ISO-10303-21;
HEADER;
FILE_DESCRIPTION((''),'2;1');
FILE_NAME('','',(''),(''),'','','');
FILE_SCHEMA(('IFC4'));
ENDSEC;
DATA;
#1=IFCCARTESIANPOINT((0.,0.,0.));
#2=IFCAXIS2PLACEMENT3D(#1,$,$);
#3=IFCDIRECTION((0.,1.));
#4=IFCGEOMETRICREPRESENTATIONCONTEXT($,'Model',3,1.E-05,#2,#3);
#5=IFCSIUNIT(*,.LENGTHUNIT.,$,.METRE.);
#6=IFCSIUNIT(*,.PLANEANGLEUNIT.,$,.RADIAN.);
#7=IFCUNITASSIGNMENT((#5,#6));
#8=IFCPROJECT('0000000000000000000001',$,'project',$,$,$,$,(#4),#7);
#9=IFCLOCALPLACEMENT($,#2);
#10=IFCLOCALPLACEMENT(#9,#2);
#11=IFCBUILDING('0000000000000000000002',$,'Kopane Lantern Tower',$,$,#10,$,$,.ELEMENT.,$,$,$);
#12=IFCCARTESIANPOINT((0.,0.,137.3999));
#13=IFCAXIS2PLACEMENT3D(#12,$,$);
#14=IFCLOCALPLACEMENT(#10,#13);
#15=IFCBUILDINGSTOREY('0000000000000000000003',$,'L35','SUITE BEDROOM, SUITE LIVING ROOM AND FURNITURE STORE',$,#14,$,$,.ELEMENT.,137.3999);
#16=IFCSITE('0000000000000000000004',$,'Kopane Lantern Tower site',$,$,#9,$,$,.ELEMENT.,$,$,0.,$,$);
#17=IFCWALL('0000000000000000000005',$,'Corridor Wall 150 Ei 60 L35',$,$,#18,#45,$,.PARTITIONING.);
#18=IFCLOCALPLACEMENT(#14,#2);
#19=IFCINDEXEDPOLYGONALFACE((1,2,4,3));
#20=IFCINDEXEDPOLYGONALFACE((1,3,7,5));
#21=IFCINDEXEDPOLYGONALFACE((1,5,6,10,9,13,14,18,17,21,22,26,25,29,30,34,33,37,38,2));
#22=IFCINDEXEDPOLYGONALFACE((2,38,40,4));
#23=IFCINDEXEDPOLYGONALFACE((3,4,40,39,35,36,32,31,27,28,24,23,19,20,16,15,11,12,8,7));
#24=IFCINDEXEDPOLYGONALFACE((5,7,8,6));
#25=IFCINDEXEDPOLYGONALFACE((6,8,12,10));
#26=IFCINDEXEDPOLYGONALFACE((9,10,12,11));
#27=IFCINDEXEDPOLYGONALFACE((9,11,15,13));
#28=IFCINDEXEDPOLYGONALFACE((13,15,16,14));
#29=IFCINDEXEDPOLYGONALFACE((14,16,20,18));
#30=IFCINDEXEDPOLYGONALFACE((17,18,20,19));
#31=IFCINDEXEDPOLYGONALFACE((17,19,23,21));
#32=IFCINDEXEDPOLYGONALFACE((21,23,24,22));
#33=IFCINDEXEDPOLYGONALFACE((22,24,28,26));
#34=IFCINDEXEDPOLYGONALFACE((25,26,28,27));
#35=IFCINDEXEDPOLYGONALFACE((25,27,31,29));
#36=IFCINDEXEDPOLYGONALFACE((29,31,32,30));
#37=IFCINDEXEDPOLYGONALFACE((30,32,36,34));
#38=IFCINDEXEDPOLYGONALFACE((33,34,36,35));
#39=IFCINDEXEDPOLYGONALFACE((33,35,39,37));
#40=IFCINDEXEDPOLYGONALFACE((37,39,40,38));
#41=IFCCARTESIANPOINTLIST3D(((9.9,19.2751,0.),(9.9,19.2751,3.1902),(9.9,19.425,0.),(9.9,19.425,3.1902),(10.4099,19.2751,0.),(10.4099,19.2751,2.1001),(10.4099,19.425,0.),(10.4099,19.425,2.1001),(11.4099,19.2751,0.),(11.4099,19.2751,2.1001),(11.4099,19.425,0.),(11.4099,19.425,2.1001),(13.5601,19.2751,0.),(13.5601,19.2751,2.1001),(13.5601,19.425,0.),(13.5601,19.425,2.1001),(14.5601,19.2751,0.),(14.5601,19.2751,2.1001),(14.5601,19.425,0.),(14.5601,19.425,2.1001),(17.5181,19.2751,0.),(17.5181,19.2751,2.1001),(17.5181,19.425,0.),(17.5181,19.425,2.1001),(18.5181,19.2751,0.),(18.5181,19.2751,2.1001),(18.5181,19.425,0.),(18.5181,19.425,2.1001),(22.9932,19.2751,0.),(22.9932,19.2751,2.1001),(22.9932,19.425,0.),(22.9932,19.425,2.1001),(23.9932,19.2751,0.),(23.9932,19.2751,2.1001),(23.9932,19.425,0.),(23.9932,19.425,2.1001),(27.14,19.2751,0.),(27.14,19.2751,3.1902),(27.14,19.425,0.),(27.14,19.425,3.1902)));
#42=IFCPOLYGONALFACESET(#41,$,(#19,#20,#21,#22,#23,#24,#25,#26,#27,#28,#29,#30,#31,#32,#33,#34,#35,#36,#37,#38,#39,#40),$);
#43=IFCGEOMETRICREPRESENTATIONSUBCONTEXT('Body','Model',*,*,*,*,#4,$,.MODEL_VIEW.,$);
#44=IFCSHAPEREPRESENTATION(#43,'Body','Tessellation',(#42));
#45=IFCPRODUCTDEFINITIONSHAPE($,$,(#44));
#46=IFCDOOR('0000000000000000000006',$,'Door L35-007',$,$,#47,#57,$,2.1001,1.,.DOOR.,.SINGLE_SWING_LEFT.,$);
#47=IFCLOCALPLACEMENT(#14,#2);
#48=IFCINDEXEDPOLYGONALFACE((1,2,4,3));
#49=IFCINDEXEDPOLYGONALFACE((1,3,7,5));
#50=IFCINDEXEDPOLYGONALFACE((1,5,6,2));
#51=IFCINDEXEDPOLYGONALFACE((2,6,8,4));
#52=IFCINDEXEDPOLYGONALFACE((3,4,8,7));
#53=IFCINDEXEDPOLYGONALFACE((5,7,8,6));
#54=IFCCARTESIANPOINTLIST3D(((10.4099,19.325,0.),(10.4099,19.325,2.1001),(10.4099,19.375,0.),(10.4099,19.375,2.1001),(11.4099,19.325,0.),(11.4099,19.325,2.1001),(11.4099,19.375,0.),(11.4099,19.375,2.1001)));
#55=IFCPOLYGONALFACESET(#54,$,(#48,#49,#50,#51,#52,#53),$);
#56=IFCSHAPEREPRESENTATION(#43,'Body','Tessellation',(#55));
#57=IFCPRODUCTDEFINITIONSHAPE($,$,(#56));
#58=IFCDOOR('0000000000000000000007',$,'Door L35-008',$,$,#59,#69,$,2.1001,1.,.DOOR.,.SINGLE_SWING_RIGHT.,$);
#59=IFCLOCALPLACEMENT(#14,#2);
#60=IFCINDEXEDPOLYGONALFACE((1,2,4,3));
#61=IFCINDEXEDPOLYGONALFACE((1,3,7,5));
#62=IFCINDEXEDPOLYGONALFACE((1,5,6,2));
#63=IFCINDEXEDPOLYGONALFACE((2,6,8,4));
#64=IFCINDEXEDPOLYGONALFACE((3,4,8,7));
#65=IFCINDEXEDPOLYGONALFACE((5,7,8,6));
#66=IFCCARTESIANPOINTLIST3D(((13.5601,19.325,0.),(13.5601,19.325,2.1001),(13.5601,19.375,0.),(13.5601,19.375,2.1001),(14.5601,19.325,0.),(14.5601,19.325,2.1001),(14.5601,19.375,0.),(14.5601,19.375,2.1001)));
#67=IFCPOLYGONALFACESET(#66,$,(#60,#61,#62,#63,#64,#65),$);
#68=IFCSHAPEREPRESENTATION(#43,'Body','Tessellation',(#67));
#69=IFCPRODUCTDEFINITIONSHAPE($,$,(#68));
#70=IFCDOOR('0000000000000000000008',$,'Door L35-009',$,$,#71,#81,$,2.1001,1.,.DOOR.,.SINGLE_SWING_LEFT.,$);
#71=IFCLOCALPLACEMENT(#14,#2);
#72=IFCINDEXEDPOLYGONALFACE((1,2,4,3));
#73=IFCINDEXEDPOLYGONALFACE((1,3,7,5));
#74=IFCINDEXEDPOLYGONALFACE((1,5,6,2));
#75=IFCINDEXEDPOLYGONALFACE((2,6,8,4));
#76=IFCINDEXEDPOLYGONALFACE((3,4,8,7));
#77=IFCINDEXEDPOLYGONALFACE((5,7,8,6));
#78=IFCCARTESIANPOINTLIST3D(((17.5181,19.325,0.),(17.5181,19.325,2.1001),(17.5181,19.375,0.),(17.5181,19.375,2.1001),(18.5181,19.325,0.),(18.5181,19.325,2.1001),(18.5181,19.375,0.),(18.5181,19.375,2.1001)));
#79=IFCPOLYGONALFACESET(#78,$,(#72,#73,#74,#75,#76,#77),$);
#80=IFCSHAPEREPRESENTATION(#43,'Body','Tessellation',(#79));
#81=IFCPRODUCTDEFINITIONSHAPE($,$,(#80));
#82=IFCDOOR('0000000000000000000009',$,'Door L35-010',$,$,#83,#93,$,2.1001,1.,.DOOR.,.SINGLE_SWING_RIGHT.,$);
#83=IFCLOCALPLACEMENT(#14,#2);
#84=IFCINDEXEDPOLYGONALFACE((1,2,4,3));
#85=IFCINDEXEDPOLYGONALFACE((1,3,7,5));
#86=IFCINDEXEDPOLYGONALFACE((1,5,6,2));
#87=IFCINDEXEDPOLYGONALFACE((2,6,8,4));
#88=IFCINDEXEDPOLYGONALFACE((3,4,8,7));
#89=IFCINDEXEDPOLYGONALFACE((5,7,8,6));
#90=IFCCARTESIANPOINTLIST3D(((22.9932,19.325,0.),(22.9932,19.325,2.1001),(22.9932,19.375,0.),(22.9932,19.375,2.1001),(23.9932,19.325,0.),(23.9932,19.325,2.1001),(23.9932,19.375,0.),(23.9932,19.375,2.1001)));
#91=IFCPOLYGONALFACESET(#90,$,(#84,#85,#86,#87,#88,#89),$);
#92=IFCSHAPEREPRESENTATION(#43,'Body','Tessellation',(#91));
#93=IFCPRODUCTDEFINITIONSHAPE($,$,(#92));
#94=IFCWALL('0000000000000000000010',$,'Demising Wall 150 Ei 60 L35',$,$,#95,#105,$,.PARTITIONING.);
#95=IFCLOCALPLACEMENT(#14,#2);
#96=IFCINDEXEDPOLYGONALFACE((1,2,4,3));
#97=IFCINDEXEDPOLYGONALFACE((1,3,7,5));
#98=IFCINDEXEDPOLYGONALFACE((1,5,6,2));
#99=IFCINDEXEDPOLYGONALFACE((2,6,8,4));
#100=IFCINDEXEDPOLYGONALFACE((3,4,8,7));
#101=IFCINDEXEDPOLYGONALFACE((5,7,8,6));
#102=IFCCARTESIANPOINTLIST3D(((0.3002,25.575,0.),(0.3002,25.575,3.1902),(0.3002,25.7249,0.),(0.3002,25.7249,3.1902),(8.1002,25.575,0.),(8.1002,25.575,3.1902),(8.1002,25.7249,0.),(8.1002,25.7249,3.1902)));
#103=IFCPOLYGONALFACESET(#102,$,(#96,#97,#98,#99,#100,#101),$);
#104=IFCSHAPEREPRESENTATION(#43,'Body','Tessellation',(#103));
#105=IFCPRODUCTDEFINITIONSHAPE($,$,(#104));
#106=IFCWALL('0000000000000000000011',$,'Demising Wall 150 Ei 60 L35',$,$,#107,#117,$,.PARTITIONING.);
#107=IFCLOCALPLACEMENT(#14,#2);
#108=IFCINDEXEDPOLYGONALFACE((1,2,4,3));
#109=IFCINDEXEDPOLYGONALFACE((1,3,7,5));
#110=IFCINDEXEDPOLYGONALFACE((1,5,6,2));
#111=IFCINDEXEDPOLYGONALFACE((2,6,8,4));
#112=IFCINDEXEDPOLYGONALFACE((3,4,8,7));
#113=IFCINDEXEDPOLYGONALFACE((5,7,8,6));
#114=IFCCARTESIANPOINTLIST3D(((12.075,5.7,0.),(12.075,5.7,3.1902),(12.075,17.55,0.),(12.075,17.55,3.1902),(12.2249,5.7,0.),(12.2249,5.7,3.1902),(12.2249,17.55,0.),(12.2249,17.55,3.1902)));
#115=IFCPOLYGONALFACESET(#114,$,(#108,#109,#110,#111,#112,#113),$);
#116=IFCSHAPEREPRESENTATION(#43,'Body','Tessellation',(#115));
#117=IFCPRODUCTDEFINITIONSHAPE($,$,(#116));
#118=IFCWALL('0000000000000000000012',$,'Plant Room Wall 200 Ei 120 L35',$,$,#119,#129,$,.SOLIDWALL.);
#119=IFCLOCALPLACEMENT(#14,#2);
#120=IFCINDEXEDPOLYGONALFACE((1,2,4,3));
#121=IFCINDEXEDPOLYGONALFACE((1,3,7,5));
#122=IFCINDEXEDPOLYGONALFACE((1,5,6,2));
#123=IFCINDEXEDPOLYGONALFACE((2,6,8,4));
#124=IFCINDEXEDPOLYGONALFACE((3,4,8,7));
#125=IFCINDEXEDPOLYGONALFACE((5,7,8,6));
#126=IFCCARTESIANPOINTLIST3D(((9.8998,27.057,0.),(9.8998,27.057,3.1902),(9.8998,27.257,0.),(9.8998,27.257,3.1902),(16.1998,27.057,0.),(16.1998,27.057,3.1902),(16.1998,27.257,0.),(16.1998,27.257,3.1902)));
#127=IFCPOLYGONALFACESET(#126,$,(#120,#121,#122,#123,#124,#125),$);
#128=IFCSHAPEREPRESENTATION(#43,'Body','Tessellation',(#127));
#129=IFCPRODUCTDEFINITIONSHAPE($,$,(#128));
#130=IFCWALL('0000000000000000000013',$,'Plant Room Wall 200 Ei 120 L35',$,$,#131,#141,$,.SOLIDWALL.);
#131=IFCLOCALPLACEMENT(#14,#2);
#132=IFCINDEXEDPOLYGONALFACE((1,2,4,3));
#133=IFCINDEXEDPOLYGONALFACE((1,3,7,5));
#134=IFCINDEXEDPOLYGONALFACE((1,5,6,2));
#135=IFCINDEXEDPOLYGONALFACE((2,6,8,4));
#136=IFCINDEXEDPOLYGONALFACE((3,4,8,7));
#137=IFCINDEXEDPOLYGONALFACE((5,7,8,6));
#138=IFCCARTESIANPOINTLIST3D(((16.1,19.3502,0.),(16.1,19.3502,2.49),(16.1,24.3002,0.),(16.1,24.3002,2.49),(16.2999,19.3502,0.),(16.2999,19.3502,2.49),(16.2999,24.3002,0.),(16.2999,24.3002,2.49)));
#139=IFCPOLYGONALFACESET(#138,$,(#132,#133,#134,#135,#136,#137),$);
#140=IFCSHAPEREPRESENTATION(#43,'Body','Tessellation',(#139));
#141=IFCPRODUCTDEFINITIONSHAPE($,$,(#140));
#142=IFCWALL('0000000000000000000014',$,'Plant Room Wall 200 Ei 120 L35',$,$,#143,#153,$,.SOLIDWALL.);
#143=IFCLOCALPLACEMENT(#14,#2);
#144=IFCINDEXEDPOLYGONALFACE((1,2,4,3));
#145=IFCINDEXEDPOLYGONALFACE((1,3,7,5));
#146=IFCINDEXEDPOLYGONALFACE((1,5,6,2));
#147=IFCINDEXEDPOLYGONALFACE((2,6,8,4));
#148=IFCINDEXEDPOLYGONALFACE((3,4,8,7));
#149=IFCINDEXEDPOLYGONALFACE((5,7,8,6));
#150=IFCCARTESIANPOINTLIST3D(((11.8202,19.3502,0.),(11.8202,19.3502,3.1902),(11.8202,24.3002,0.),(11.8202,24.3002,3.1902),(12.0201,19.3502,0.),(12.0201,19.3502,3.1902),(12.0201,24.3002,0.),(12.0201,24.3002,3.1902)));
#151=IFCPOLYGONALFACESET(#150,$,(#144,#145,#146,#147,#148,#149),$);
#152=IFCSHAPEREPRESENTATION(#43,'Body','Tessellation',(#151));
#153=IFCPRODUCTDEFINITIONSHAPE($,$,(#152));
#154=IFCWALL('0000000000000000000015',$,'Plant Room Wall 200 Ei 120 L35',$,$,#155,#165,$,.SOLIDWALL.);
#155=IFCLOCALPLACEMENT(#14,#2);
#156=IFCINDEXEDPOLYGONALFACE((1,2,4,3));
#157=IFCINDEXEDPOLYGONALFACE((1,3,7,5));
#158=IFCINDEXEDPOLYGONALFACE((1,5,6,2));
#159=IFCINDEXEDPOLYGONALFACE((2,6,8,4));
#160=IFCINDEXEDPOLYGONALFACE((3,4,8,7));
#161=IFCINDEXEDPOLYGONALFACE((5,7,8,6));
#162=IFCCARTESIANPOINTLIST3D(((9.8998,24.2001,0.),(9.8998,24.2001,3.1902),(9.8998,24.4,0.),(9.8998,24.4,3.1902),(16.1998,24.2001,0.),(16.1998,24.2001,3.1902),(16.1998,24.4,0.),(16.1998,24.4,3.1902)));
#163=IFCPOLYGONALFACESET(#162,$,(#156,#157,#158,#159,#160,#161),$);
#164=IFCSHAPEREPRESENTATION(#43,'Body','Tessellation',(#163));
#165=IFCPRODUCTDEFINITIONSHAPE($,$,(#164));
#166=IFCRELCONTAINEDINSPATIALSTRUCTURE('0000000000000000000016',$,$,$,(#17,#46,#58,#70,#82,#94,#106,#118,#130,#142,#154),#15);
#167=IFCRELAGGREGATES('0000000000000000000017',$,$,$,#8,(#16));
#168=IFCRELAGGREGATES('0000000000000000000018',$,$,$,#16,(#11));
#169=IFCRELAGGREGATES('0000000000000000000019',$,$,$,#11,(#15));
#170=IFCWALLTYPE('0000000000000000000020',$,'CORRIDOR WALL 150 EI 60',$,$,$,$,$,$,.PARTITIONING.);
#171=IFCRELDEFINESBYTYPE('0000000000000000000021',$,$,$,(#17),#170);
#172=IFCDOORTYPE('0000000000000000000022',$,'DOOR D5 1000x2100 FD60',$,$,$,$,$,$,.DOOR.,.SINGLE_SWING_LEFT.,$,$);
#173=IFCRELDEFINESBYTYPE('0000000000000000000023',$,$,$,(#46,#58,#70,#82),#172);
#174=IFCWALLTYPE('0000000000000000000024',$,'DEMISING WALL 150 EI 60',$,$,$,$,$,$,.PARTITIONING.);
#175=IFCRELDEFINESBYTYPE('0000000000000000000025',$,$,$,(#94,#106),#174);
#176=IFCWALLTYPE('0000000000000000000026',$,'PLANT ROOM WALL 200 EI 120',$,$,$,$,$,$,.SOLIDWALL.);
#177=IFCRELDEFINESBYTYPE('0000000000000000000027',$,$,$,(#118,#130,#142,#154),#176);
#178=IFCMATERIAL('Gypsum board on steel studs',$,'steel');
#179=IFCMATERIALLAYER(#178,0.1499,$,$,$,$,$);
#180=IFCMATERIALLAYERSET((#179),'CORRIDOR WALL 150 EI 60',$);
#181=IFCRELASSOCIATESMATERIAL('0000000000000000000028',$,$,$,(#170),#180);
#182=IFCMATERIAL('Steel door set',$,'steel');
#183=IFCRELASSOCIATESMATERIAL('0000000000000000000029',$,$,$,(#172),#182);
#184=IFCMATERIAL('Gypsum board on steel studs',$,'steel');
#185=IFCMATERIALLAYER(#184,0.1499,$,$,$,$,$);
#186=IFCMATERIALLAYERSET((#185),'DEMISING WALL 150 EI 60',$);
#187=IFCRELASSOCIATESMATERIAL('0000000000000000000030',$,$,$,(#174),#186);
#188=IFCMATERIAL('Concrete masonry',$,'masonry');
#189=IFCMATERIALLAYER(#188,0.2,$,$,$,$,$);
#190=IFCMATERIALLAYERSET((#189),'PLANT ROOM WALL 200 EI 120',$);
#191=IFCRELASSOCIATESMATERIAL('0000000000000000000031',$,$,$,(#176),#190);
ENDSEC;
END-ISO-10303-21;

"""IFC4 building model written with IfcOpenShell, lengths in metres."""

from ifc_helpers import new_model, si_unit, direction, frame, frame_2d, origin, place, context, subcontext, project, spatial, rectangle, extrude, material, layer, layer_set, type_object, element, fill, save


model = new_model("IFC4")

# Units and contexts
model_context = context("Model", 3, precision=1e-05, world=origin(), true_north=direction((0.0, 1.0)))
body_context = subcontext(model_context, "Body", "Model", "MODEL_VIEW")
ifc_project = project(units=[si_unit("LENGTHUNIT", "METRE"), si_unit("PLANEANGLEUNIT", "RADIAN")], contexts=[model_context])

# Site, building, storey
site_placement = place(None, origin())
site = spatial("IfcSite", under=ifc_project, at=site_placement, Name="Kopane Lantern Tower site", CompositionType="ELEMENT", RefElevation=0.0)
building_placement = place(site_placement, origin())
building = spatial("IfcBuilding", under=site, at=building_placement, Name="Kopane Lantern Tower", CompositionType="ELEMENT")
storey_placement = place(building_placement, frame((0.0, 0.0, 137.3999)))
storey = spatial("IfcBuildingStorey", under=building, at=storey_placement, Name="L35", Description="SUITE BEDROOM, SUITE LIVING ROOM AND FURNITURE STORE", CompositionType="ELEMENT", Elevation=137.3999)

# Wall, openings, doors
ifc_material_1 = material(Name="Gypsum board on steel studs", Category="steel")
ifc_layer_1 = layer(ifc_material_1, 0.1499)
ifc_layer_set_1 = layer_set([ifc_layer_1], Name="CORRIDOR WALL 150 EI 60")
wall_type_1 = type_object("IfcWallType", Name="CORRIDOR WALL 150 EI 60", PredefinedType="PARTITIONING", material=ifc_layer_set_1)
wall_1_placement = place(storey_placement, frame((9.8999, 19.3501, 0.0), z_axis=(0.0, 0.0, 1.0), x_axis=(1.0, 0.0, 0.0)))
wall_1 = element("IfcWall", 1, at=wall_1_placement, inside=storey, type_object=wall_type_1, Name="Corridor Wall 150 Ei 60 L35", PredefinedType="PARTITIONING", context=body_context, shape_type="SweptSolid", body=[
    extrude(rectangle(XDim=17.24, YDim=0.1499, at=frame_2d((8.6201, 0.0))), origin(), (0.0, 0.0, 1.0), 3.1902),
])
opening_1_placement = place(wall_1_placement, frame((0.51, 0.0, 0.0)))
opening_1 = element("IfcOpeningElement", 2, at=opening_1_placement, cuts=wall_1, PredefinedType="OPENING", context=body_context, shape_type="SweptSolid", body=[
    extrude(rectangle(XDim=1.0, YDim=2.1001, at=frame_2d((0.5, 1.05))), frame((0.0, 0.085, 0.0), z_axis=(0.0, -1.0, 0.0), x_axis=(1.0, 0.0, 0.0)), (0.0, 0.0, 1.0), 0.1699),
])
opening_2_placement = place(wall_1_placement, frame((3.6602, 0.0, 0.0)))
opening_2 = element("IfcOpeningElement", 3, at=opening_2_placement, cuts=wall_1, PredefinedType="OPENING", context=body_context, shape_type="SweptSolid", body=[
    extrude(rectangle(XDim=1.0, YDim=2.1001, at=frame_2d((0.5, 1.05))), frame((0.0, 0.085, 0.0), z_axis=(0.0, -1.0, 0.0), x_axis=(1.0, 0.0, 0.0)), (0.0, 0.0, 1.0), 0.1699),
])
opening_3_placement = place(wall_1_placement, frame((7.6182, 0.0, 0.0)))
opening_3 = element("IfcOpeningElement", 4, at=opening_3_placement, cuts=wall_1, PredefinedType="OPENING", context=body_context, shape_type="SweptSolid", body=[
    extrude(rectangle(XDim=1.0, YDim=2.1001, at=frame_2d((0.5, 1.05))), frame((0.0, 0.085, 0.0), z_axis=(0.0, -1.0, 0.0), x_axis=(1.0, 0.0, 0.0)), (0.0, 0.0, 1.0), 0.1699),
])
opening_4_placement = place(wall_1_placement, frame((13.0933, 0.0, 0.0)))
opening_4 = element("IfcOpeningElement", 5, at=opening_4_placement, cuts=wall_1, PredefinedType="OPENING", context=body_context, shape_type="SweptSolid", body=[
    extrude(rectangle(XDim=1.0, YDim=2.1001, at=frame_2d((0.5, 1.05))), frame((0.0, 0.085, 0.0), z_axis=(0.0, -1.0, 0.0), x_axis=(1.0, 0.0, 0.0)), (0.0, 0.0, 1.0), 0.1699),
])
ifc_material_2 = material(Name="Steel door set", Category="steel")
door_type_1 = type_object("IfcDoorType", Name="DOOR D5 1000x2100 FD60", OperationType="SINGLE_SWING_LEFT", PredefinedType="DOOR", material=ifc_material_2)
door_1_placement = place(opening_1_placement, origin())
door_1 = element("IfcDoor", 6, at=door_1_placement, inside=storey, type_object=door_type_1, Name="Door L35-007", OperationType="SINGLE_SWING_LEFT", OverallHeight=2.1001, OverallWidth=1.0, PredefinedType="DOOR", context=body_context, shape_type="SweptSolid", body=[
    extrude(rectangle(XDim=1.0, YDim=2.1001, at=frame_2d((0.5, 1.05))), frame((0.0, 0.0249, 0.0), z_axis=(0.0, -1.0, 0.0), x_axis=(1.0, 0.0, 0.0)), (0.0, 0.0, 1.0), 0.05),
])
fill(opening_1, door_1)
door_2_placement = place(opening_2_placement, origin())
door_2 = element("IfcDoor", 7, at=door_2_placement, inside=storey, type_object=door_type_1, Name="Door L35-008", OperationType="SINGLE_SWING_RIGHT", OverallHeight=2.1001, OverallWidth=1.0, PredefinedType="DOOR", context=body_context, shape_type="SweptSolid", body=[
    extrude(rectangle(XDim=1.0, YDim=2.1001, at=frame_2d((0.5, 1.05))), frame((0.0, 0.0249, 0.0), z_axis=(0.0, -1.0, 0.0), x_axis=(1.0, 0.0, 0.0)), (0.0, 0.0, 1.0), 0.05),
])
fill(opening_2, door_2)
door_3_placement = place(opening_3_placement, origin())
door_3 = element("IfcDoor", 8, at=door_3_placement, inside=storey, type_object=door_type_1, Name="Door L35-009", OperationType="SINGLE_SWING_LEFT", OverallHeight=2.1001, OverallWidth=1.0, PredefinedType="DOOR", context=body_context, shape_type="SweptSolid", body=[
    extrude(rectangle(XDim=1.0, YDim=2.1001, at=frame_2d((0.5, 1.05))), frame((0.0, 0.0249, 0.0), z_axis=(0.0, -1.0, 0.0), x_axis=(1.0, 0.0, 0.0)), (0.0, 0.0, 1.0), 0.05),
])
fill(opening_3, door_3)
door_4_placement = place(opening_4_placement, origin())
door_4 = element("IfcDoor", 9, at=door_4_placement, inside=storey, type_object=door_type_1, Name="Door L35-010", OperationType="SINGLE_SWING_RIGHT", OverallHeight=2.1001, OverallWidth=1.0, PredefinedType="DOOR", context=body_context, shape_type="SweptSolid", body=[
    extrude(rectangle(XDim=1.0, YDim=2.1001, at=frame_2d((0.5, 1.05))), frame((0.0, 0.0249, 0.0), z_axis=(0.0, -1.0, 0.0), x_axis=(1.0, 0.0, 0.0)), (0.0, 0.0, 1.0), 0.05),
])
fill(opening_4, door_4)

# Walls
ifc_material_3 = material(Name="Gypsum board on steel studs", Category="steel")
ifc_layer_2 = layer(ifc_material_3, 0.1499)
ifc_layer_set_2 = layer_set([ifc_layer_2], Name="DEMISING WALL 150 EI 60")
wall_type_2 = type_object("IfcWallType", Name="DEMISING WALL 150 EI 60", PredefinedType="PARTITIONING", material=ifc_layer_set_2)
wall_2_placement = place(storey_placement, frame((8.1001, 25.6499, 0.0), z_axis=(0.0, 0.0, 1.0), x_axis=(-1.0, 0.0, 0.0)))
element("IfcWall", 10, at=wall_2_placement, inside=storey, type_object=wall_type_2, Name="Demising Wall 150 Ei 60 L35", PredefinedType="PARTITIONING", context=body_context, shape_type="SweptSolid", body=[
    extrude(rectangle(XDim=7.8, YDim=0.1499, at=frame_2d((3.8999, 0.0))), origin(), (0.0, 0.0, 1.0), 3.1902),
])
wall_3_placement = place(storey_placement, frame((12.1499, 17.55, 0.0), z_axis=(0.0, 0.0, 1.0), x_axis=(0.0, -1.0, 0.0)))
element("IfcWall", 11, at=wall_3_placement, inside=storey, type_object=wall_type_2, Name="Demising Wall 150 Ei 60 L35", PredefinedType="PARTITIONING", context=body_context, shape_type="SweptSolid", body=[
    extrude(rectangle(XDim=11.8501, YDim=0.1499, at=frame_2d((5.925, 0.0))), origin(), (0.0, 0.0, 1.0), 3.1902),
])
ifc_material_4 = material(Name="Concrete masonry", Category="masonry")
ifc_layer_3 = layer(ifc_material_4, 0.2)
ifc_layer_set_3 = layer_set([ifc_layer_3], Name="PLANT ROOM WALL 200 EI 120")
wall_type_3 = type_object("IfcWallType", Name="PLANT ROOM WALL 200 EI 120", PredefinedType="SOLIDWALL", material=ifc_layer_set_3)
wall_4_placement = place(storey_placement, frame((9.8999, 27.157, 0.0), z_axis=(0.0, 0.0, 1.0), x_axis=(1.0, 0.0, 0.0)))
element("IfcWall", 12, at=wall_4_placement, inside=storey, type_object=wall_type_3, Name="Plant Room Wall 200 Ei 120 L35", PredefinedType="SOLIDWALL", context=body_context, shape_type="SweptSolid", body=[
    extrude(rectangle(XDim=6.3, YDim=0.2, at=frame_2d((3.1499, 0.0))), origin(), (0.0, 0.0, 1.0), 3.1902),
])
wall_5_placement = place(storey_placement, frame((16.2, 19.3501, 0.0), z_axis=(0.0, 0.0, 1.0), x_axis=(0.0, 1.0, 0.0)))
element("IfcWall", 13, at=wall_5_placement, inside=storey, type_object=wall_type_3, Name="Plant Room Wall 200 Ei 120 L35", PredefinedType="SOLIDWALL", context=body_context, shape_type="SweptSolid", body=[
    extrude(rectangle(XDim=4.95, YDim=0.2, at=frame_2d((2.4751, 0.0))), origin(), (0.0, 0.0, 1.0), 2.49),
])
wall_6_placement = place(storey_placement, frame((11.9202, 19.3501, 0.0), z_axis=(0.0, 0.0, 1.0), x_axis=(0.0, 1.0, 0.0)))
element("IfcWall", 14, at=wall_6_placement, inside=storey, type_object=wall_type_3, Name="Plant Room Wall 200 Ei 120 L35", PredefinedType="SOLIDWALL", context=body_context, shape_type="SweptSolid", body=[
    extrude(rectangle(XDim=4.95, YDim=0.2, at=frame_2d((2.4751, 0.0))), origin(), (0.0, 0.0, 1.0), 3.1902),
])
wall_7_placement = place(storey_placement, frame((9.8999, 24.3, 0.0), z_axis=(0.0, 0.0, 1.0), x_axis=(1.0, 0.0, 0.0)))
element("IfcWall", 15, at=wall_7_placement, inside=storey, type_object=wall_type_3, Name="Plant Room Wall 200 Ei 120 L35", PredefinedType="SOLIDWALL", context=body_context, shape_type="SweptSolid", body=[
    extrude(rectangle(XDim=6.3, YDim=0.2, at=frame_2d((3.1499, 0.0))), origin(), (0.0, 0.0, 1.0), 3.1902),
])

save(model, "model.ifc")
